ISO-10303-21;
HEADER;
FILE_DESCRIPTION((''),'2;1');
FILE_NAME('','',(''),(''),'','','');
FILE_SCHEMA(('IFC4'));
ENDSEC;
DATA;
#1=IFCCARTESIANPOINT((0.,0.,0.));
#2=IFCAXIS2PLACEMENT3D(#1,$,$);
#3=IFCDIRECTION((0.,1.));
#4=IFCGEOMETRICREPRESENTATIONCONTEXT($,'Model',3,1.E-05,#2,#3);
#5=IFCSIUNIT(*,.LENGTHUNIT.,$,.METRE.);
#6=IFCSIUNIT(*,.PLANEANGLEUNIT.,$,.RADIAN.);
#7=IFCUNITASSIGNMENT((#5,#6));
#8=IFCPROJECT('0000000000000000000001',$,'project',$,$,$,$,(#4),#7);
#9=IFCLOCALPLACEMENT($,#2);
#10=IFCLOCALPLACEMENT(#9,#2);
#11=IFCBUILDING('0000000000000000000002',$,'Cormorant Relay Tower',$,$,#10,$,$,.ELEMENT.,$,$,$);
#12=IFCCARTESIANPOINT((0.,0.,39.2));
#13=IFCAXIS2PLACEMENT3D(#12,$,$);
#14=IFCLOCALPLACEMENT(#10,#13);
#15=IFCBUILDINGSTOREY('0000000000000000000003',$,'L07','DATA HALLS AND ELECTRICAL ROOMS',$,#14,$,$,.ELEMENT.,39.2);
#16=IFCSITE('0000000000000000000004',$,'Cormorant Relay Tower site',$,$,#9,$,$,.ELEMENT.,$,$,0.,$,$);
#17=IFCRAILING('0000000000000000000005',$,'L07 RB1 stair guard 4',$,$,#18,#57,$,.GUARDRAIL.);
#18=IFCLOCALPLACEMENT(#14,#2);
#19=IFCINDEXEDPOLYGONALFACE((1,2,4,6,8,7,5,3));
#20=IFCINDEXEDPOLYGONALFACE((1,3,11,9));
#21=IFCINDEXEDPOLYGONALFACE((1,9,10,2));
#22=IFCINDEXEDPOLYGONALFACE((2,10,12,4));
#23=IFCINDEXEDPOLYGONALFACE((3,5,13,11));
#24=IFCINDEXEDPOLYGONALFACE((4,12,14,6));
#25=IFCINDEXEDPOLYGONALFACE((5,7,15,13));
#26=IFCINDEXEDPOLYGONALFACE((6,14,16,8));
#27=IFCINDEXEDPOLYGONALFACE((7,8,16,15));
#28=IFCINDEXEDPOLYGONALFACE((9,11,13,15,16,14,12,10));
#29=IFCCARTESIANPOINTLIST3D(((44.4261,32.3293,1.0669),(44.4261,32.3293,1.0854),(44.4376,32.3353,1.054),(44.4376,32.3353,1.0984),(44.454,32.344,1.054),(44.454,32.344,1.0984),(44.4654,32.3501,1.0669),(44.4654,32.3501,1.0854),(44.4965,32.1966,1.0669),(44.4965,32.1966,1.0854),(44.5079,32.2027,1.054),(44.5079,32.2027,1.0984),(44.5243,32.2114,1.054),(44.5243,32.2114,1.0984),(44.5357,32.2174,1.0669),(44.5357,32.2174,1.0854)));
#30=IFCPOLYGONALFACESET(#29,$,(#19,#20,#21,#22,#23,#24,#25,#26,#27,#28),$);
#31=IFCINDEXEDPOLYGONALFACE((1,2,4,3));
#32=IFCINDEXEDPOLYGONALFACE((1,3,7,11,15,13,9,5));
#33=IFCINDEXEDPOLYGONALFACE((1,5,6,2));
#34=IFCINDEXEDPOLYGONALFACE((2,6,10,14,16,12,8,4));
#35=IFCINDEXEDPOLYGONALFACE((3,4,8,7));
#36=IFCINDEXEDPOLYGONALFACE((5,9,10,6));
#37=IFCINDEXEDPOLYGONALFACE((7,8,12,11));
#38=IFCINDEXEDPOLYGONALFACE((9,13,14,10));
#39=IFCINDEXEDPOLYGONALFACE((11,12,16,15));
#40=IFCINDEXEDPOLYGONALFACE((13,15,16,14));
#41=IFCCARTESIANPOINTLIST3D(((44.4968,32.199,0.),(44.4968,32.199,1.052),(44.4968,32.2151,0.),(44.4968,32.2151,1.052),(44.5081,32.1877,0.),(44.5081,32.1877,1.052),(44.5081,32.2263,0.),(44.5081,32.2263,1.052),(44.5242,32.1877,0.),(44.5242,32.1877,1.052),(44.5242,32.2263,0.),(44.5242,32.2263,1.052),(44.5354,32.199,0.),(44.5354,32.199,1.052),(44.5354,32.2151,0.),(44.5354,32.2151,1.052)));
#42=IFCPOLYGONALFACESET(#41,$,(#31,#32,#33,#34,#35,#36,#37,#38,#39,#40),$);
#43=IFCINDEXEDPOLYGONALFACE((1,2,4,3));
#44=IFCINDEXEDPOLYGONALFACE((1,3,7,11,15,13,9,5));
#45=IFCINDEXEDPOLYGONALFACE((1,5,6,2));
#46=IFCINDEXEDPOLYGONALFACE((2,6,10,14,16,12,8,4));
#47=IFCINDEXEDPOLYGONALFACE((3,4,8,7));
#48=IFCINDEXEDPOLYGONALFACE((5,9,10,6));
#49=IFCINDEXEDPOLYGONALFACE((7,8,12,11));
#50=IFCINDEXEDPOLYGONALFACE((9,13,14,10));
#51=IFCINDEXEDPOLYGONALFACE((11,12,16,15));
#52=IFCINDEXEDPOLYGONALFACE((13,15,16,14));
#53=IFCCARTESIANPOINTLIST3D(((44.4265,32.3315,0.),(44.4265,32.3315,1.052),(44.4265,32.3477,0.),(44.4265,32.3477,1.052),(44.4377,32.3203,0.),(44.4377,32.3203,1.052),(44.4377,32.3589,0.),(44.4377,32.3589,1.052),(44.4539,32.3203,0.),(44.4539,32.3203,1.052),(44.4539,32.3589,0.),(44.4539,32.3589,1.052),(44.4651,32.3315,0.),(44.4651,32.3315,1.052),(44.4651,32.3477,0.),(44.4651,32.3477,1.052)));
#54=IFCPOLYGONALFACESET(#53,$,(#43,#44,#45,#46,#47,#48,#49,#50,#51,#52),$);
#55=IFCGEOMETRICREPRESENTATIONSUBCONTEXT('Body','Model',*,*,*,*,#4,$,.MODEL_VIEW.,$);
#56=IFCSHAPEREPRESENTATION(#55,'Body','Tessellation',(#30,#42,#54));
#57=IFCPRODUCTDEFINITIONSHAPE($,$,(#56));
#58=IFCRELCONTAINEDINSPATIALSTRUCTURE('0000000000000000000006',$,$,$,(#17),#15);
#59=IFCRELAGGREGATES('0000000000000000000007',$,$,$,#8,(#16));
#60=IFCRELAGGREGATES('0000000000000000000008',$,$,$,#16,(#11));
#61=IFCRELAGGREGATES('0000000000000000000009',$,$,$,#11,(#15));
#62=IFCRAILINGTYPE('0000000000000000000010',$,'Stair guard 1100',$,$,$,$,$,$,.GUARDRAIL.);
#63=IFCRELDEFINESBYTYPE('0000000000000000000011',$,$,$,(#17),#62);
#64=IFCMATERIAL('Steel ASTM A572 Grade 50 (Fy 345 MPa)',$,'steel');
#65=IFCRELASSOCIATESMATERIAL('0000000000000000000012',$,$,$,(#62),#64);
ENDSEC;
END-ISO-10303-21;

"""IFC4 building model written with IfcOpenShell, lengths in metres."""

from ifc_helpers import new_model, si_unit, direction, frame, origin, place, context, subcontext, project, spatial, polyline, outline, extrude, material, type_object, element, save


model = new_model("IFC4")

# Units and contexts
model_context = context("Model", 3, precision=1e-05, world=origin(), true_north=direction((0.0, 1.0)))
body_context = subcontext(model_context, "Body", "Model", "MODEL_VIEW")
ifc_project = project(units=[si_unit("LENGTHUNIT", "METRE"), si_unit("PLANEANGLEUNIT", "RADIAN")], contexts=[model_context])

# Site, building, storey
site_placement = place(None, origin())
site = spatial("IfcSite", under=ifc_project, at=site_placement, Name="Cormorant Relay Tower site", CompositionType="ELEMENT", RefElevation=0.0)
building_placement = place(site_placement, origin())
building = spatial("IfcBuilding", under=site, at=building_placement, Name="Cormorant Relay Tower", CompositionType="ELEMENT")
storey_placement = place(building_placement, frame((0.0, 0.0, 39.2)))
storey = spatial("IfcBuildingStorey", under=building, at=storey_placement, Name="L07", Description="DATA HALLS AND ELECTRICAL ROOMS", CompositionType="ELEMENT", Elevation=39.2)

# Railing
ifc_material_1 = material(Name="Steel ASTM A572 Grade 50 (Fy 345 MPa)", Category="steel")
railing_type = type_object("IfcRailingType", Name="Stair guard 1100", PredefinedType="GUARDRAIL", material=ifc_material_1)
railing_1_placement = place(storey_placement, frame((44.5161, 32.207, 0.0)))
element("IfcRailing", 1, at=railing_1_placement, inside=storey, type_object=railing_type, Name="L07 RB1 stair guard 4", PredefinedType="GUARDRAIL", context=body_context, shape_type="SweptSolid", body=[
    extrude(outline(polyline([(0.0222, 0.0093), (0.0093, 0.0222), (-0.0093, 0.0222), (-0.0222, 0.0093), (-0.0222, -0.0093), (-0.0093, -0.0222), (0.0093, -0.0222), (0.0222, -0.0093), (0.0222, 0.0093)])), frame((0.0, 0.0, 1.0762), z_axis=(-0.46856, 0.883431, 0.0), x_axis=(-0.883431, -0.46856, 0.0)), (0.0, 0.0, 1.0), 0.1501),
    extrude(outline(polyline([(0.0193, 0.0081), (0.0081, 0.0193), (-0.0081, 0.0193), (-0.0193, 0.0081), (-0.0193, -0.0081), (-0.0081, -0.0193), (0.0081, -0.0193), (0.0193, -0.0081), (0.0193, 0.0081)])), origin(), (0.0, 0.0, 1.0), 1.052),
    extrude(outline(polyline([(0.0193, 0.0081), (0.0081, 0.0193), (-0.0081, 0.0193), (-0.0193, 0.0081), (-0.0193, -0.0081), (-0.0081, -0.0193), (0.0081, -0.0193), (0.0193, -0.0081), (0.0193, 0.0081)])), frame((-0.0703, 0.1326, 0.0)), (0.0, 0.0, 1.0), 1.052),
])

save(model, "model.ifc")
